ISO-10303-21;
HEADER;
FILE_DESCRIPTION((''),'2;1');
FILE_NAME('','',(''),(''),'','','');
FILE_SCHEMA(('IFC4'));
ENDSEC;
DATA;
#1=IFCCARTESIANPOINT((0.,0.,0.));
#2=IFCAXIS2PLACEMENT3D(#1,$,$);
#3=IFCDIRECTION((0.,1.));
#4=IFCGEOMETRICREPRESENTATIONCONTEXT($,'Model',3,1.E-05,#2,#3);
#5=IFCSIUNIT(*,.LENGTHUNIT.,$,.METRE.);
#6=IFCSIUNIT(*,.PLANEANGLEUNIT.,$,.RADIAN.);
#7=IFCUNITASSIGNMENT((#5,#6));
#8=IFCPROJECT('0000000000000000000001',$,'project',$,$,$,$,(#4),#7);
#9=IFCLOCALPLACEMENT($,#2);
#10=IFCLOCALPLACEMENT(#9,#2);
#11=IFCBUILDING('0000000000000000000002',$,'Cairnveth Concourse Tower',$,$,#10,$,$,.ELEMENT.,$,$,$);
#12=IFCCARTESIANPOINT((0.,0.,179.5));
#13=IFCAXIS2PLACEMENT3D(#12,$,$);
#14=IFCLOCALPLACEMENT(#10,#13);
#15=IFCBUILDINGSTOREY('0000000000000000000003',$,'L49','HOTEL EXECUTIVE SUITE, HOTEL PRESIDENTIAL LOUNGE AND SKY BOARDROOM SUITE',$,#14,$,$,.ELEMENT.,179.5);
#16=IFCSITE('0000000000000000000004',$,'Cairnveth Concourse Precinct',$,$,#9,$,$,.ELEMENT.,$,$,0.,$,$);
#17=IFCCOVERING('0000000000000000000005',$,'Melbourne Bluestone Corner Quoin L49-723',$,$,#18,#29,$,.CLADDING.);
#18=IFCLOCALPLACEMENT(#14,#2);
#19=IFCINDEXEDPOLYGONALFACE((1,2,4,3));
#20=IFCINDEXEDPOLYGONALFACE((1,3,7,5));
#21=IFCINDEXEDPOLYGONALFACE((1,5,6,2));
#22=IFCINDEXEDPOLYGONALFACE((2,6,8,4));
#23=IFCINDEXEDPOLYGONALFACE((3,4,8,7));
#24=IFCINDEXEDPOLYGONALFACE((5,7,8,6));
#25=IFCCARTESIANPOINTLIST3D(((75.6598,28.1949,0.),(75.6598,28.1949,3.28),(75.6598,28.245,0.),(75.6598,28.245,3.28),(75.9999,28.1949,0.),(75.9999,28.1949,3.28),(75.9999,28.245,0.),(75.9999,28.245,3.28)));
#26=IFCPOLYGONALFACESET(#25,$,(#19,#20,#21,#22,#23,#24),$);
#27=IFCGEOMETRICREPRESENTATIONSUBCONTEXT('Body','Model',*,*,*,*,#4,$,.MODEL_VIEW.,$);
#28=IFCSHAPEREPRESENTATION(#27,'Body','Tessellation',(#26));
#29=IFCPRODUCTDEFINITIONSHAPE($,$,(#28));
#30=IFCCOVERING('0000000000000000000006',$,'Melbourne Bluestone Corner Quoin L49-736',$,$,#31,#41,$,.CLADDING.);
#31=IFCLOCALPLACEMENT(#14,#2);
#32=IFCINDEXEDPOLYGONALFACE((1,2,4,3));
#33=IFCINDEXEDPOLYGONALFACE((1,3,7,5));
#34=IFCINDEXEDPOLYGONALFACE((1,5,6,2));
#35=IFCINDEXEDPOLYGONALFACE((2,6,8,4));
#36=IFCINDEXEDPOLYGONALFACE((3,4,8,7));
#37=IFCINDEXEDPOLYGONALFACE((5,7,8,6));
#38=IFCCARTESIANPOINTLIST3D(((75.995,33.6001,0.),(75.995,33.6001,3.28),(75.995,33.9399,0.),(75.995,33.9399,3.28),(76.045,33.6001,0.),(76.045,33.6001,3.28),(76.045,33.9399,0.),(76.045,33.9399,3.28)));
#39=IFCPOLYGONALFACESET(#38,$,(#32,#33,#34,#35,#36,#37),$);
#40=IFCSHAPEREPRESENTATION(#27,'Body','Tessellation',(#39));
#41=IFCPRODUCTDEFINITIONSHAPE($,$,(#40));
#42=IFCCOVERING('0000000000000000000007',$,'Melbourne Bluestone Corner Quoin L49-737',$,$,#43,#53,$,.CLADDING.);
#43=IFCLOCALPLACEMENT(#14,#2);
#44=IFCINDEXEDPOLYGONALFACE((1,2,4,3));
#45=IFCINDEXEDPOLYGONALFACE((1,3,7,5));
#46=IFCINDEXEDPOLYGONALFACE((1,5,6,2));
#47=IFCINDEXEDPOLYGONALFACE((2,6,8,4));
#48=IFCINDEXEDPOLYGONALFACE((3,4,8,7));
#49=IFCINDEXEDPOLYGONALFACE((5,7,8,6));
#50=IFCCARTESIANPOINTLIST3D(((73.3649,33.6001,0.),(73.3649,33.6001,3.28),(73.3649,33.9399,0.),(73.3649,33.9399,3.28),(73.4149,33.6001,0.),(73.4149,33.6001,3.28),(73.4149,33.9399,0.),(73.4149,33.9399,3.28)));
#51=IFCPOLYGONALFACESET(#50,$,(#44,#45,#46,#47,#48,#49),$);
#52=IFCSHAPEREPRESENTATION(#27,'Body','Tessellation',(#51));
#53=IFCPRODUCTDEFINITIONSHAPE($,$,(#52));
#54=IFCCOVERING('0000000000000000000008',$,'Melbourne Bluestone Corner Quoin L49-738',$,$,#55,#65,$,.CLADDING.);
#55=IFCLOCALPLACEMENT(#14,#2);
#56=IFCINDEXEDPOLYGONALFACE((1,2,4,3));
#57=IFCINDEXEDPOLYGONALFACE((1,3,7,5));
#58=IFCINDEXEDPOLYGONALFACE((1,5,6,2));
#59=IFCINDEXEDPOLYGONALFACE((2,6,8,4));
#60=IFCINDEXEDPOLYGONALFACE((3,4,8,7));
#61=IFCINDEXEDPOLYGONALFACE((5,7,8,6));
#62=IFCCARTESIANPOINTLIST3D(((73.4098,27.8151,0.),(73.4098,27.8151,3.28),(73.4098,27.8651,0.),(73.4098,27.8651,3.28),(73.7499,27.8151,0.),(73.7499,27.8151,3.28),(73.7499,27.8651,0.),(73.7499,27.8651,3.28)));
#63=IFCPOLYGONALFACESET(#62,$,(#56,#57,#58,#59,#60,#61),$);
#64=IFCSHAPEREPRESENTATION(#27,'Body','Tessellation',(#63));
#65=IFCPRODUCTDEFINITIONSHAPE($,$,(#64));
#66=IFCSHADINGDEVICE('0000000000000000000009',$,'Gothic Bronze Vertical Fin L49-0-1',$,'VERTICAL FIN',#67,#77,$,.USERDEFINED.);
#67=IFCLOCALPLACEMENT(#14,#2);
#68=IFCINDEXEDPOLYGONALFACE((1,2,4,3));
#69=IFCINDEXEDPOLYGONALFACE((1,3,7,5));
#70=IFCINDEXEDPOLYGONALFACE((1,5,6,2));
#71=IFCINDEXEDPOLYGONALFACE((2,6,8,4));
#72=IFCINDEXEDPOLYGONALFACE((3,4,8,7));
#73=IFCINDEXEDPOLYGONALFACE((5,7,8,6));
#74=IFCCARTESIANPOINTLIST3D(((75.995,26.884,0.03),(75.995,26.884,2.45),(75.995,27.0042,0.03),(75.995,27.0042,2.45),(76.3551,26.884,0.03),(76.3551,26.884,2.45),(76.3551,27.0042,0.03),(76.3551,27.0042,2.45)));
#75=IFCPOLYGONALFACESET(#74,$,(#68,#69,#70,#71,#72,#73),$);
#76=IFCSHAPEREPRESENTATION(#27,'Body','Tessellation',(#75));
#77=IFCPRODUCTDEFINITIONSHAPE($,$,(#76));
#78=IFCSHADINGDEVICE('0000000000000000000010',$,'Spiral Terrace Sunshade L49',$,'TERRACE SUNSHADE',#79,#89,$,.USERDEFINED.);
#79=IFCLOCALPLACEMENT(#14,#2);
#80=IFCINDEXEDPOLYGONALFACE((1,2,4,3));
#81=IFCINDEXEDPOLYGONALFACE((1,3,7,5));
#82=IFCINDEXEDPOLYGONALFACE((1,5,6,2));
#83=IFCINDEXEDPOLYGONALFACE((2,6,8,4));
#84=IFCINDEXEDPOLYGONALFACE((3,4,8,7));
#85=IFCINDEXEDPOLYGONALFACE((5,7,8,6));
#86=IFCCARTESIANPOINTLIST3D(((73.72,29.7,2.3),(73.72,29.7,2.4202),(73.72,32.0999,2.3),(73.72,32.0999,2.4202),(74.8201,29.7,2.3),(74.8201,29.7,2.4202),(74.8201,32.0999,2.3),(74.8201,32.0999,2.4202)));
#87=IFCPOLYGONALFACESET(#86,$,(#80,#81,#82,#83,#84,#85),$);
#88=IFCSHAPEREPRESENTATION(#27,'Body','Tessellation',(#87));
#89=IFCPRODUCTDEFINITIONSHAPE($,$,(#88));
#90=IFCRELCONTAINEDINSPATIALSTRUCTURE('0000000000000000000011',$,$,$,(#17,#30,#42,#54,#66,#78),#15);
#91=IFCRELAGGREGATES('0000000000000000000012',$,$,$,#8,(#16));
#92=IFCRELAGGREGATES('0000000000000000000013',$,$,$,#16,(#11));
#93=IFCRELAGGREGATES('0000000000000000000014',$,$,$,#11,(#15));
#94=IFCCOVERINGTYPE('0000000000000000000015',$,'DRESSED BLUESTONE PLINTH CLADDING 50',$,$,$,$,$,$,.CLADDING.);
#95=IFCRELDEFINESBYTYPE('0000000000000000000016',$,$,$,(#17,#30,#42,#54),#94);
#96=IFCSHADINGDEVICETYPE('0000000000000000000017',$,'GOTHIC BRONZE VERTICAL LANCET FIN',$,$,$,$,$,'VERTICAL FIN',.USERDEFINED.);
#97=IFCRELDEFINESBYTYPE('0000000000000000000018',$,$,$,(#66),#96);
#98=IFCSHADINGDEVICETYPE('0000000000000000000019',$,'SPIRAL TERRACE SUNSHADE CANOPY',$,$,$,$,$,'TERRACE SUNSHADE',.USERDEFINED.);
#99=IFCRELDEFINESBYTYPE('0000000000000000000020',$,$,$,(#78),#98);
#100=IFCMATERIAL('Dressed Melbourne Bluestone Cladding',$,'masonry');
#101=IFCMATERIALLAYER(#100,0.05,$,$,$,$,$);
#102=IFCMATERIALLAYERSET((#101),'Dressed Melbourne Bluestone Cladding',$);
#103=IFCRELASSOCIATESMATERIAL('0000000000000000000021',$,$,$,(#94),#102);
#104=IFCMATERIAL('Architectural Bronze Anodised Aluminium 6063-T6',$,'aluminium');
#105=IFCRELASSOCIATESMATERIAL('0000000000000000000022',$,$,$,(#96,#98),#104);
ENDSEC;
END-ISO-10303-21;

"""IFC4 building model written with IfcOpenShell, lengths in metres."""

from ifc_helpers import new_model, si_unit, direction, frame, frame_2d, origin, origin_2d, place, context, subcontext, project, spatial, rectangle, extrude, material, layer, layer_set, type_object, element, save


model = new_model("IFC4")

# Units and contexts
model_context = context("Model", 3, precision=1e-05, world=origin(), true_north=direction((0.0, 1.0)))
body_context = subcontext(model_context, "Body", "Model", "MODEL_VIEW")
ifc_project = project(units=[si_unit("LENGTHUNIT", "METRE"), si_unit("PLANEANGLEUNIT", "RADIAN")], contexts=[model_context])

# Site, building, storey
site_placement = place(None, origin())
site = spatial("IfcSite", under=ifc_project, at=site_placement, Name="Cairnveth Concourse Precinct", CompositionType="ELEMENT", RefElevation=0.0)
building_placement = place(site_placement, origin())
building = spatial("IfcBuilding", under=site, at=building_placement, Name="Cairnveth Concourse Tower", CompositionType="ELEMENT")
storey_placement = place(building_placement, frame((0.0, 0.0, 179.5)))
storey = spatial("IfcBuildingStorey", under=building, at=storey_placement, Name="L49", Description="HOTEL EXECUTIVE SUITE, HOTEL PRESIDENTIAL LOUNGE AND SKY BOARDROOM SUITE", CompositionType="ELEMENT", Elevation=179.5)

# Shared definitions
ifc_material_1 = material(Name="Dressed Melbourne Bluestone Cladding", Category="masonry")

# Shared definitions
ifc_material_2 = material(Name="Architectural Bronze Anodised Aluminium 6063-T6", Category="aluminium")

# Coverings
ifc_layer_1 = layer(ifc_material_1, 0.05)
ifc_layer_set_1 = layer_set([ifc_layer_1], Name="Dressed Melbourne Bluestone Cladding")
covering_type = type_object("IfcCoveringType", Name="DRESSED BLUESTONE PLINTH CLADDING 50", PredefinedType="CLADDING", material=ifc_layer_set_1)
covering_1_placement = place(storey_placement, frame((75.6599, 28.22, 0.0), z_axis=(0.0, 0.0, 1.0), x_axis=(1.0, 0.0, 0.0)))
element("IfcCovering", 1, at=covering_1_placement, inside=storey, type_object=covering_type, Name="Melbourne Bluestone Corner Quoin L49-723", PredefinedType="CLADDING", context=body_context, shape_type="SweptSolid", body=[
    extrude(rectangle(XDim=0.3401, YDim=0.05, at=frame_2d((0.1699, 0.0))), origin(), (0.0, 0.0, 1.0), 3.28),
])
for number, where, z_axis, x_axis, name in (
    (2, (76.02, 33.9399, 0.0), (0.0, 0.0, 1.0), (0.0, -1.0, 0.0), "Melbourne Bluestone Corner Quoin L49-736"),
    (3, (73.3899, 33.9399, 0.0), (0.0, 0.0, 1.0), (0.0, -1.0, 0.0), "Melbourne Bluestone Corner Quoin L49-737"),
):
    element("IfcCovering", number, at=place(storey_placement, frame(where, z_axis=z_axis, x_axis=x_axis)), inside=storey, type_object=covering_type, Name=name, PredefinedType="CLADDING", context=body_context, shape_type="SweptSolid", body=[
        extrude(rectangle(XDim=0.3398, YDim=0.05, at=frame_2d((0.1699, 0.0))), origin(), (0.0, 0.0, 1.0), 3.28),
    ])
covering_2_placement = place(storey_placement, frame((73.4099, 27.8401, 0.0), z_axis=(0.0, 0.0, 1.0), x_axis=(1.0, 0.0, 0.0)))
element("IfcCovering", 4, at=covering_2_placement, inside=storey, type_object=covering_type, Name="Melbourne Bluestone Corner Quoin L49-738", PredefinedType="CLADDING", context=body_context, shape_type="SweptSolid", body=[
    extrude(rectangle(XDim=0.3401, YDim=0.05, at=frame_2d((0.1699, 0.0))), origin(), (0.0, 0.0, 1.0), 3.28),
])

# Shading devices
shading_device_type_1 = type_object("IfcShadingDeviceType", Name="GOTHIC BRONZE VERTICAL LANCET FIN", ElementType="VERTICAL FIN", PredefinedType="USERDEFINED", material=ifc_material_2)
shading_device_1_placement = place(storey_placement, frame((76.175, 26.9441, 0.03), z_axis=(0.0, 0.0, 1.0), x_axis=(0.0, 1.0, 0.0)))
element("IfcShadingDevice", 5, at=shading_device_1_placement, inside=storey, type_object=shading_device_type_1, Name="Gothic Bronze Vertical Fin L49-0-1", ObjectType="VERTICAL FIN", PredefinedType="USERDEFINED", context=body_context, shape_type="SweptSolid", body=[
    extrude(rectangle(XDim=0.1201, YDim=0.3601, at=origin_2d()), origin(), (0.0, 0.0, 1.0), 2.4199),
])
shading_device_type_2 = type_object("IfcShadingDeviceType", Name="SPIRAL TERRACE SUNSHADE CANOPY", ElementType="TERRACE SUNSHADE", PredefinedType="USERDEFINED", material=ifc_material_2)
shading_device_2_placement = place(storey_placement, frame((74.27, 30.8999, 2.3), z_axis=(0.0, 0.0, 1.0), x_axis=(1.0, 0.0, 0.0)))
element("IfcShadingDevice", 6, at=shading_device_2_placement, inside=storey, type_object=shading_device_type_2, Name="Spiral Terrace Sunshade L49", ObjectType="TERRACE SUNSHADE", PredefinedType="USERDEFINED", context=body_context, shape_type="SweptSolid", body=[
    extrude(rectangle(XDim=1.1001, YDim=2.3999, at=origin_2d()), origin(), (0.0, 0.0, 1.0), 0.1201),
])

save(model, "model.ifc")
